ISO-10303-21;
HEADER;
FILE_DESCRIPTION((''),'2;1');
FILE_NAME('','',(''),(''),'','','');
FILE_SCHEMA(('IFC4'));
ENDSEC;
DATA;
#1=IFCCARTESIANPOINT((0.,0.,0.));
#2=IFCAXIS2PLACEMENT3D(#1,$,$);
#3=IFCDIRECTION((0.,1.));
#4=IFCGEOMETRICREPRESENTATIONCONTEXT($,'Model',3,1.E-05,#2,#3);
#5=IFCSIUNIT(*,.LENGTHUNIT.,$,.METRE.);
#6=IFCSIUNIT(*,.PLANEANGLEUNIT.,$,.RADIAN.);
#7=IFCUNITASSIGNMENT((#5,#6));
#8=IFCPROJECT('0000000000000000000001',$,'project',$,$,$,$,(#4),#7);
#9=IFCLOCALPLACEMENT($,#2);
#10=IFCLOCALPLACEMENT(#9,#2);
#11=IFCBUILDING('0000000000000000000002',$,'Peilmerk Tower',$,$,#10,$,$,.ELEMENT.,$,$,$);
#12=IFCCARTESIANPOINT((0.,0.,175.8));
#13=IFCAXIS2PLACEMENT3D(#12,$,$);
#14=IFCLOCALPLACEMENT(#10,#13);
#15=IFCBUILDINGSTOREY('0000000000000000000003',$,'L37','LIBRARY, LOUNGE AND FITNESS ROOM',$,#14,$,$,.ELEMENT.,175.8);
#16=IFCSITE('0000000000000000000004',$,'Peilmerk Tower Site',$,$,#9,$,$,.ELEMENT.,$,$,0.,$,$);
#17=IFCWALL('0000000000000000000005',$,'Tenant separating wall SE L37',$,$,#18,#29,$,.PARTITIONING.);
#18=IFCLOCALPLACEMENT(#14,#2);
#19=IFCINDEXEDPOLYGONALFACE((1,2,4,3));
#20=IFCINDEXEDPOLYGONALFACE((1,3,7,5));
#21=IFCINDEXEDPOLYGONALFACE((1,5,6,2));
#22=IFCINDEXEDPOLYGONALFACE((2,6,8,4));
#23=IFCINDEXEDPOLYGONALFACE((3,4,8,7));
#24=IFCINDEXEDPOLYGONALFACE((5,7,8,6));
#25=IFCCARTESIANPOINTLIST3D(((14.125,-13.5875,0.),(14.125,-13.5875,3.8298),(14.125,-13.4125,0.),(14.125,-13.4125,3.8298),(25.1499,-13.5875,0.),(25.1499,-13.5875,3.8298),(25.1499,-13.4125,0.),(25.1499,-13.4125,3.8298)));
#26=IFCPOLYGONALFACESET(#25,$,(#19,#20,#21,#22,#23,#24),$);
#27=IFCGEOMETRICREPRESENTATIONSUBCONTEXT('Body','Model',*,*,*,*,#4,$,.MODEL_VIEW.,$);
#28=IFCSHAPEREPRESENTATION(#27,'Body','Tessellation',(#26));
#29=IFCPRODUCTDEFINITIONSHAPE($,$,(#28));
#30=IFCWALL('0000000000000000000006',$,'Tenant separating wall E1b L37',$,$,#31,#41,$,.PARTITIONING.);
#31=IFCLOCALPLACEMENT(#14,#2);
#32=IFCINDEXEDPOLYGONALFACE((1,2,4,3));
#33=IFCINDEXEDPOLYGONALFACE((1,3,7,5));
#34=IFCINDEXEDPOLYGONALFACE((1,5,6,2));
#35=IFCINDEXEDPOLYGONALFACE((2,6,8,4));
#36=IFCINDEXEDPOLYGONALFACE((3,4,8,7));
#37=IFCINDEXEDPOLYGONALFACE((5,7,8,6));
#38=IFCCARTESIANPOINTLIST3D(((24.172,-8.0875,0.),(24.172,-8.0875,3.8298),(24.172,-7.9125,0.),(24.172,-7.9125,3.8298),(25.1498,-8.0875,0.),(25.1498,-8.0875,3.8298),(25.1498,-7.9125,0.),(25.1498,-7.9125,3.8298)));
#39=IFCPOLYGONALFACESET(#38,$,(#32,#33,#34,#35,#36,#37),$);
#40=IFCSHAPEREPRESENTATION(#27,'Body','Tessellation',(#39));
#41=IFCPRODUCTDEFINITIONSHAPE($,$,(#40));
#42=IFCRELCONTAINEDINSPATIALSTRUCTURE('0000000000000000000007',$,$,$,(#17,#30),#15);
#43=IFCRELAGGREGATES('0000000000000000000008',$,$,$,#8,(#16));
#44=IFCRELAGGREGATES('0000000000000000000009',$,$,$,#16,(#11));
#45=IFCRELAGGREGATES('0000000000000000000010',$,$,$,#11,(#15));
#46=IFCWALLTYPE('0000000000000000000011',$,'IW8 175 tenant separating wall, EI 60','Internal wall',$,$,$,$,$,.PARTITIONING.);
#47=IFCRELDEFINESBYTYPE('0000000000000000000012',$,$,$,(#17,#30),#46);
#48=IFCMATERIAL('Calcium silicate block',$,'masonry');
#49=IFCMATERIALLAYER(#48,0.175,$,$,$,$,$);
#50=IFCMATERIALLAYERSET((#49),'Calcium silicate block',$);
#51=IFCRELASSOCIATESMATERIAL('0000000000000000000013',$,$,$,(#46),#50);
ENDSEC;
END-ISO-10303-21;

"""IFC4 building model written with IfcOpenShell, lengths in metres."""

from ifc_helpers import new_model, si_unit, direction, frame, frame_2d, origin, place, context, subcontext, project, spatial, rectangle, extrude, material, layer, layer_set, type_object, element, save


model = new_model("IFC4")

# Units and contexts
model_context = context("Model", 3, precision=1e-05, world=origin(), true_north=direction((0.0, 1.0)))
body_context = subcontext(model_context, "Body", "Model", "MODEL_VIEW")
ifc_project = project(units=[si_unit("LENGTHUNIT", "METRE"), si_unit("PLANEANGLEUNIT", "RADIAN")], contexts=[model_context])

# Site, building, storey
site_placement = place(None, origin())
site = spatial("IfcSite", under=ifc_project, at=site_placement, Name="Peilmerk Tower Site", CompositionType="ELEMENT", RefElevation=0.0)
building_placement = place(site_placement, origin())
building = spatial("IfcBuilding", under=site, at=building_placement, Name="Peilmerk Tower", CompositionType="ELEMENT")
storey_placement = place(building_placement, frame((0.0, 0.0, 175.8)))
storey = spatial("IfcBuildingStorey", under=building, at=storey_placement, Name="L37", Description="LIBRARY, LOUNGE AND FITNESS ROOM", CompositionType="ELEMENT", Elevation=175.8)

# Walls
ifc_material_1 = material(Name="Calcium silicate block", Category="masonry")
ifc_layer_1 = layer(ifc_material_1, 0.175)
ifc_layer_set_1 = layer_set([ifc_layer_1], Name="Calcium silicate block")
wall_type_1 = type_object("IfcWallType", Name="IW8 175 tenant separating wall, EI 60", Description="Internal wall", PredefinedType="PARTITIONING", material=ifc_layer_set_1)
wall_1_placement = place(storey_placement, frame((25.1499, -13.5, 0.0), z_axis=(0.0, 0.0, 1.0), x_axis=(-1.0, 0.0, 0.0)))
element("IfcWall", 1, at=wall_1_placement, inside=storey, type_object=wall_type_1, Name="Tenant separating wall SE L37", PredefinedType="PARTITIONING", context=body_context, shape_type="SweptSolid", body=[
    extrude(rectangle(XDim=11.0249, YDim=0.175, at=frame_2d((5.5125, 0.0))), origin(), (0.0, 0.0, 1.0), 3.8298),
])
wall_2_placement = place(storey_placement, frame((24.1721, -8.0, 0.0), z_axis=(0.0, 0.0, 1.0), x_axis=(1.0, 0.0, 0.0)))
element("IfcWall", 2, at=wall_2_placement, inside=storey, type_object=wall_type_1, Name="Tenant separating wall E1b L37", PredefinedType="PARTITIONING", context=body_context, shape_type="SweptSolid", body=[
    extrude(rectangle(XDim=0.9778, YDim=0.175, at=frame_2d((0.4888, 0.0))), origin(), (0.0, 0.0, 1.0), 3.8298),
])

save(model, "model.ifc")
